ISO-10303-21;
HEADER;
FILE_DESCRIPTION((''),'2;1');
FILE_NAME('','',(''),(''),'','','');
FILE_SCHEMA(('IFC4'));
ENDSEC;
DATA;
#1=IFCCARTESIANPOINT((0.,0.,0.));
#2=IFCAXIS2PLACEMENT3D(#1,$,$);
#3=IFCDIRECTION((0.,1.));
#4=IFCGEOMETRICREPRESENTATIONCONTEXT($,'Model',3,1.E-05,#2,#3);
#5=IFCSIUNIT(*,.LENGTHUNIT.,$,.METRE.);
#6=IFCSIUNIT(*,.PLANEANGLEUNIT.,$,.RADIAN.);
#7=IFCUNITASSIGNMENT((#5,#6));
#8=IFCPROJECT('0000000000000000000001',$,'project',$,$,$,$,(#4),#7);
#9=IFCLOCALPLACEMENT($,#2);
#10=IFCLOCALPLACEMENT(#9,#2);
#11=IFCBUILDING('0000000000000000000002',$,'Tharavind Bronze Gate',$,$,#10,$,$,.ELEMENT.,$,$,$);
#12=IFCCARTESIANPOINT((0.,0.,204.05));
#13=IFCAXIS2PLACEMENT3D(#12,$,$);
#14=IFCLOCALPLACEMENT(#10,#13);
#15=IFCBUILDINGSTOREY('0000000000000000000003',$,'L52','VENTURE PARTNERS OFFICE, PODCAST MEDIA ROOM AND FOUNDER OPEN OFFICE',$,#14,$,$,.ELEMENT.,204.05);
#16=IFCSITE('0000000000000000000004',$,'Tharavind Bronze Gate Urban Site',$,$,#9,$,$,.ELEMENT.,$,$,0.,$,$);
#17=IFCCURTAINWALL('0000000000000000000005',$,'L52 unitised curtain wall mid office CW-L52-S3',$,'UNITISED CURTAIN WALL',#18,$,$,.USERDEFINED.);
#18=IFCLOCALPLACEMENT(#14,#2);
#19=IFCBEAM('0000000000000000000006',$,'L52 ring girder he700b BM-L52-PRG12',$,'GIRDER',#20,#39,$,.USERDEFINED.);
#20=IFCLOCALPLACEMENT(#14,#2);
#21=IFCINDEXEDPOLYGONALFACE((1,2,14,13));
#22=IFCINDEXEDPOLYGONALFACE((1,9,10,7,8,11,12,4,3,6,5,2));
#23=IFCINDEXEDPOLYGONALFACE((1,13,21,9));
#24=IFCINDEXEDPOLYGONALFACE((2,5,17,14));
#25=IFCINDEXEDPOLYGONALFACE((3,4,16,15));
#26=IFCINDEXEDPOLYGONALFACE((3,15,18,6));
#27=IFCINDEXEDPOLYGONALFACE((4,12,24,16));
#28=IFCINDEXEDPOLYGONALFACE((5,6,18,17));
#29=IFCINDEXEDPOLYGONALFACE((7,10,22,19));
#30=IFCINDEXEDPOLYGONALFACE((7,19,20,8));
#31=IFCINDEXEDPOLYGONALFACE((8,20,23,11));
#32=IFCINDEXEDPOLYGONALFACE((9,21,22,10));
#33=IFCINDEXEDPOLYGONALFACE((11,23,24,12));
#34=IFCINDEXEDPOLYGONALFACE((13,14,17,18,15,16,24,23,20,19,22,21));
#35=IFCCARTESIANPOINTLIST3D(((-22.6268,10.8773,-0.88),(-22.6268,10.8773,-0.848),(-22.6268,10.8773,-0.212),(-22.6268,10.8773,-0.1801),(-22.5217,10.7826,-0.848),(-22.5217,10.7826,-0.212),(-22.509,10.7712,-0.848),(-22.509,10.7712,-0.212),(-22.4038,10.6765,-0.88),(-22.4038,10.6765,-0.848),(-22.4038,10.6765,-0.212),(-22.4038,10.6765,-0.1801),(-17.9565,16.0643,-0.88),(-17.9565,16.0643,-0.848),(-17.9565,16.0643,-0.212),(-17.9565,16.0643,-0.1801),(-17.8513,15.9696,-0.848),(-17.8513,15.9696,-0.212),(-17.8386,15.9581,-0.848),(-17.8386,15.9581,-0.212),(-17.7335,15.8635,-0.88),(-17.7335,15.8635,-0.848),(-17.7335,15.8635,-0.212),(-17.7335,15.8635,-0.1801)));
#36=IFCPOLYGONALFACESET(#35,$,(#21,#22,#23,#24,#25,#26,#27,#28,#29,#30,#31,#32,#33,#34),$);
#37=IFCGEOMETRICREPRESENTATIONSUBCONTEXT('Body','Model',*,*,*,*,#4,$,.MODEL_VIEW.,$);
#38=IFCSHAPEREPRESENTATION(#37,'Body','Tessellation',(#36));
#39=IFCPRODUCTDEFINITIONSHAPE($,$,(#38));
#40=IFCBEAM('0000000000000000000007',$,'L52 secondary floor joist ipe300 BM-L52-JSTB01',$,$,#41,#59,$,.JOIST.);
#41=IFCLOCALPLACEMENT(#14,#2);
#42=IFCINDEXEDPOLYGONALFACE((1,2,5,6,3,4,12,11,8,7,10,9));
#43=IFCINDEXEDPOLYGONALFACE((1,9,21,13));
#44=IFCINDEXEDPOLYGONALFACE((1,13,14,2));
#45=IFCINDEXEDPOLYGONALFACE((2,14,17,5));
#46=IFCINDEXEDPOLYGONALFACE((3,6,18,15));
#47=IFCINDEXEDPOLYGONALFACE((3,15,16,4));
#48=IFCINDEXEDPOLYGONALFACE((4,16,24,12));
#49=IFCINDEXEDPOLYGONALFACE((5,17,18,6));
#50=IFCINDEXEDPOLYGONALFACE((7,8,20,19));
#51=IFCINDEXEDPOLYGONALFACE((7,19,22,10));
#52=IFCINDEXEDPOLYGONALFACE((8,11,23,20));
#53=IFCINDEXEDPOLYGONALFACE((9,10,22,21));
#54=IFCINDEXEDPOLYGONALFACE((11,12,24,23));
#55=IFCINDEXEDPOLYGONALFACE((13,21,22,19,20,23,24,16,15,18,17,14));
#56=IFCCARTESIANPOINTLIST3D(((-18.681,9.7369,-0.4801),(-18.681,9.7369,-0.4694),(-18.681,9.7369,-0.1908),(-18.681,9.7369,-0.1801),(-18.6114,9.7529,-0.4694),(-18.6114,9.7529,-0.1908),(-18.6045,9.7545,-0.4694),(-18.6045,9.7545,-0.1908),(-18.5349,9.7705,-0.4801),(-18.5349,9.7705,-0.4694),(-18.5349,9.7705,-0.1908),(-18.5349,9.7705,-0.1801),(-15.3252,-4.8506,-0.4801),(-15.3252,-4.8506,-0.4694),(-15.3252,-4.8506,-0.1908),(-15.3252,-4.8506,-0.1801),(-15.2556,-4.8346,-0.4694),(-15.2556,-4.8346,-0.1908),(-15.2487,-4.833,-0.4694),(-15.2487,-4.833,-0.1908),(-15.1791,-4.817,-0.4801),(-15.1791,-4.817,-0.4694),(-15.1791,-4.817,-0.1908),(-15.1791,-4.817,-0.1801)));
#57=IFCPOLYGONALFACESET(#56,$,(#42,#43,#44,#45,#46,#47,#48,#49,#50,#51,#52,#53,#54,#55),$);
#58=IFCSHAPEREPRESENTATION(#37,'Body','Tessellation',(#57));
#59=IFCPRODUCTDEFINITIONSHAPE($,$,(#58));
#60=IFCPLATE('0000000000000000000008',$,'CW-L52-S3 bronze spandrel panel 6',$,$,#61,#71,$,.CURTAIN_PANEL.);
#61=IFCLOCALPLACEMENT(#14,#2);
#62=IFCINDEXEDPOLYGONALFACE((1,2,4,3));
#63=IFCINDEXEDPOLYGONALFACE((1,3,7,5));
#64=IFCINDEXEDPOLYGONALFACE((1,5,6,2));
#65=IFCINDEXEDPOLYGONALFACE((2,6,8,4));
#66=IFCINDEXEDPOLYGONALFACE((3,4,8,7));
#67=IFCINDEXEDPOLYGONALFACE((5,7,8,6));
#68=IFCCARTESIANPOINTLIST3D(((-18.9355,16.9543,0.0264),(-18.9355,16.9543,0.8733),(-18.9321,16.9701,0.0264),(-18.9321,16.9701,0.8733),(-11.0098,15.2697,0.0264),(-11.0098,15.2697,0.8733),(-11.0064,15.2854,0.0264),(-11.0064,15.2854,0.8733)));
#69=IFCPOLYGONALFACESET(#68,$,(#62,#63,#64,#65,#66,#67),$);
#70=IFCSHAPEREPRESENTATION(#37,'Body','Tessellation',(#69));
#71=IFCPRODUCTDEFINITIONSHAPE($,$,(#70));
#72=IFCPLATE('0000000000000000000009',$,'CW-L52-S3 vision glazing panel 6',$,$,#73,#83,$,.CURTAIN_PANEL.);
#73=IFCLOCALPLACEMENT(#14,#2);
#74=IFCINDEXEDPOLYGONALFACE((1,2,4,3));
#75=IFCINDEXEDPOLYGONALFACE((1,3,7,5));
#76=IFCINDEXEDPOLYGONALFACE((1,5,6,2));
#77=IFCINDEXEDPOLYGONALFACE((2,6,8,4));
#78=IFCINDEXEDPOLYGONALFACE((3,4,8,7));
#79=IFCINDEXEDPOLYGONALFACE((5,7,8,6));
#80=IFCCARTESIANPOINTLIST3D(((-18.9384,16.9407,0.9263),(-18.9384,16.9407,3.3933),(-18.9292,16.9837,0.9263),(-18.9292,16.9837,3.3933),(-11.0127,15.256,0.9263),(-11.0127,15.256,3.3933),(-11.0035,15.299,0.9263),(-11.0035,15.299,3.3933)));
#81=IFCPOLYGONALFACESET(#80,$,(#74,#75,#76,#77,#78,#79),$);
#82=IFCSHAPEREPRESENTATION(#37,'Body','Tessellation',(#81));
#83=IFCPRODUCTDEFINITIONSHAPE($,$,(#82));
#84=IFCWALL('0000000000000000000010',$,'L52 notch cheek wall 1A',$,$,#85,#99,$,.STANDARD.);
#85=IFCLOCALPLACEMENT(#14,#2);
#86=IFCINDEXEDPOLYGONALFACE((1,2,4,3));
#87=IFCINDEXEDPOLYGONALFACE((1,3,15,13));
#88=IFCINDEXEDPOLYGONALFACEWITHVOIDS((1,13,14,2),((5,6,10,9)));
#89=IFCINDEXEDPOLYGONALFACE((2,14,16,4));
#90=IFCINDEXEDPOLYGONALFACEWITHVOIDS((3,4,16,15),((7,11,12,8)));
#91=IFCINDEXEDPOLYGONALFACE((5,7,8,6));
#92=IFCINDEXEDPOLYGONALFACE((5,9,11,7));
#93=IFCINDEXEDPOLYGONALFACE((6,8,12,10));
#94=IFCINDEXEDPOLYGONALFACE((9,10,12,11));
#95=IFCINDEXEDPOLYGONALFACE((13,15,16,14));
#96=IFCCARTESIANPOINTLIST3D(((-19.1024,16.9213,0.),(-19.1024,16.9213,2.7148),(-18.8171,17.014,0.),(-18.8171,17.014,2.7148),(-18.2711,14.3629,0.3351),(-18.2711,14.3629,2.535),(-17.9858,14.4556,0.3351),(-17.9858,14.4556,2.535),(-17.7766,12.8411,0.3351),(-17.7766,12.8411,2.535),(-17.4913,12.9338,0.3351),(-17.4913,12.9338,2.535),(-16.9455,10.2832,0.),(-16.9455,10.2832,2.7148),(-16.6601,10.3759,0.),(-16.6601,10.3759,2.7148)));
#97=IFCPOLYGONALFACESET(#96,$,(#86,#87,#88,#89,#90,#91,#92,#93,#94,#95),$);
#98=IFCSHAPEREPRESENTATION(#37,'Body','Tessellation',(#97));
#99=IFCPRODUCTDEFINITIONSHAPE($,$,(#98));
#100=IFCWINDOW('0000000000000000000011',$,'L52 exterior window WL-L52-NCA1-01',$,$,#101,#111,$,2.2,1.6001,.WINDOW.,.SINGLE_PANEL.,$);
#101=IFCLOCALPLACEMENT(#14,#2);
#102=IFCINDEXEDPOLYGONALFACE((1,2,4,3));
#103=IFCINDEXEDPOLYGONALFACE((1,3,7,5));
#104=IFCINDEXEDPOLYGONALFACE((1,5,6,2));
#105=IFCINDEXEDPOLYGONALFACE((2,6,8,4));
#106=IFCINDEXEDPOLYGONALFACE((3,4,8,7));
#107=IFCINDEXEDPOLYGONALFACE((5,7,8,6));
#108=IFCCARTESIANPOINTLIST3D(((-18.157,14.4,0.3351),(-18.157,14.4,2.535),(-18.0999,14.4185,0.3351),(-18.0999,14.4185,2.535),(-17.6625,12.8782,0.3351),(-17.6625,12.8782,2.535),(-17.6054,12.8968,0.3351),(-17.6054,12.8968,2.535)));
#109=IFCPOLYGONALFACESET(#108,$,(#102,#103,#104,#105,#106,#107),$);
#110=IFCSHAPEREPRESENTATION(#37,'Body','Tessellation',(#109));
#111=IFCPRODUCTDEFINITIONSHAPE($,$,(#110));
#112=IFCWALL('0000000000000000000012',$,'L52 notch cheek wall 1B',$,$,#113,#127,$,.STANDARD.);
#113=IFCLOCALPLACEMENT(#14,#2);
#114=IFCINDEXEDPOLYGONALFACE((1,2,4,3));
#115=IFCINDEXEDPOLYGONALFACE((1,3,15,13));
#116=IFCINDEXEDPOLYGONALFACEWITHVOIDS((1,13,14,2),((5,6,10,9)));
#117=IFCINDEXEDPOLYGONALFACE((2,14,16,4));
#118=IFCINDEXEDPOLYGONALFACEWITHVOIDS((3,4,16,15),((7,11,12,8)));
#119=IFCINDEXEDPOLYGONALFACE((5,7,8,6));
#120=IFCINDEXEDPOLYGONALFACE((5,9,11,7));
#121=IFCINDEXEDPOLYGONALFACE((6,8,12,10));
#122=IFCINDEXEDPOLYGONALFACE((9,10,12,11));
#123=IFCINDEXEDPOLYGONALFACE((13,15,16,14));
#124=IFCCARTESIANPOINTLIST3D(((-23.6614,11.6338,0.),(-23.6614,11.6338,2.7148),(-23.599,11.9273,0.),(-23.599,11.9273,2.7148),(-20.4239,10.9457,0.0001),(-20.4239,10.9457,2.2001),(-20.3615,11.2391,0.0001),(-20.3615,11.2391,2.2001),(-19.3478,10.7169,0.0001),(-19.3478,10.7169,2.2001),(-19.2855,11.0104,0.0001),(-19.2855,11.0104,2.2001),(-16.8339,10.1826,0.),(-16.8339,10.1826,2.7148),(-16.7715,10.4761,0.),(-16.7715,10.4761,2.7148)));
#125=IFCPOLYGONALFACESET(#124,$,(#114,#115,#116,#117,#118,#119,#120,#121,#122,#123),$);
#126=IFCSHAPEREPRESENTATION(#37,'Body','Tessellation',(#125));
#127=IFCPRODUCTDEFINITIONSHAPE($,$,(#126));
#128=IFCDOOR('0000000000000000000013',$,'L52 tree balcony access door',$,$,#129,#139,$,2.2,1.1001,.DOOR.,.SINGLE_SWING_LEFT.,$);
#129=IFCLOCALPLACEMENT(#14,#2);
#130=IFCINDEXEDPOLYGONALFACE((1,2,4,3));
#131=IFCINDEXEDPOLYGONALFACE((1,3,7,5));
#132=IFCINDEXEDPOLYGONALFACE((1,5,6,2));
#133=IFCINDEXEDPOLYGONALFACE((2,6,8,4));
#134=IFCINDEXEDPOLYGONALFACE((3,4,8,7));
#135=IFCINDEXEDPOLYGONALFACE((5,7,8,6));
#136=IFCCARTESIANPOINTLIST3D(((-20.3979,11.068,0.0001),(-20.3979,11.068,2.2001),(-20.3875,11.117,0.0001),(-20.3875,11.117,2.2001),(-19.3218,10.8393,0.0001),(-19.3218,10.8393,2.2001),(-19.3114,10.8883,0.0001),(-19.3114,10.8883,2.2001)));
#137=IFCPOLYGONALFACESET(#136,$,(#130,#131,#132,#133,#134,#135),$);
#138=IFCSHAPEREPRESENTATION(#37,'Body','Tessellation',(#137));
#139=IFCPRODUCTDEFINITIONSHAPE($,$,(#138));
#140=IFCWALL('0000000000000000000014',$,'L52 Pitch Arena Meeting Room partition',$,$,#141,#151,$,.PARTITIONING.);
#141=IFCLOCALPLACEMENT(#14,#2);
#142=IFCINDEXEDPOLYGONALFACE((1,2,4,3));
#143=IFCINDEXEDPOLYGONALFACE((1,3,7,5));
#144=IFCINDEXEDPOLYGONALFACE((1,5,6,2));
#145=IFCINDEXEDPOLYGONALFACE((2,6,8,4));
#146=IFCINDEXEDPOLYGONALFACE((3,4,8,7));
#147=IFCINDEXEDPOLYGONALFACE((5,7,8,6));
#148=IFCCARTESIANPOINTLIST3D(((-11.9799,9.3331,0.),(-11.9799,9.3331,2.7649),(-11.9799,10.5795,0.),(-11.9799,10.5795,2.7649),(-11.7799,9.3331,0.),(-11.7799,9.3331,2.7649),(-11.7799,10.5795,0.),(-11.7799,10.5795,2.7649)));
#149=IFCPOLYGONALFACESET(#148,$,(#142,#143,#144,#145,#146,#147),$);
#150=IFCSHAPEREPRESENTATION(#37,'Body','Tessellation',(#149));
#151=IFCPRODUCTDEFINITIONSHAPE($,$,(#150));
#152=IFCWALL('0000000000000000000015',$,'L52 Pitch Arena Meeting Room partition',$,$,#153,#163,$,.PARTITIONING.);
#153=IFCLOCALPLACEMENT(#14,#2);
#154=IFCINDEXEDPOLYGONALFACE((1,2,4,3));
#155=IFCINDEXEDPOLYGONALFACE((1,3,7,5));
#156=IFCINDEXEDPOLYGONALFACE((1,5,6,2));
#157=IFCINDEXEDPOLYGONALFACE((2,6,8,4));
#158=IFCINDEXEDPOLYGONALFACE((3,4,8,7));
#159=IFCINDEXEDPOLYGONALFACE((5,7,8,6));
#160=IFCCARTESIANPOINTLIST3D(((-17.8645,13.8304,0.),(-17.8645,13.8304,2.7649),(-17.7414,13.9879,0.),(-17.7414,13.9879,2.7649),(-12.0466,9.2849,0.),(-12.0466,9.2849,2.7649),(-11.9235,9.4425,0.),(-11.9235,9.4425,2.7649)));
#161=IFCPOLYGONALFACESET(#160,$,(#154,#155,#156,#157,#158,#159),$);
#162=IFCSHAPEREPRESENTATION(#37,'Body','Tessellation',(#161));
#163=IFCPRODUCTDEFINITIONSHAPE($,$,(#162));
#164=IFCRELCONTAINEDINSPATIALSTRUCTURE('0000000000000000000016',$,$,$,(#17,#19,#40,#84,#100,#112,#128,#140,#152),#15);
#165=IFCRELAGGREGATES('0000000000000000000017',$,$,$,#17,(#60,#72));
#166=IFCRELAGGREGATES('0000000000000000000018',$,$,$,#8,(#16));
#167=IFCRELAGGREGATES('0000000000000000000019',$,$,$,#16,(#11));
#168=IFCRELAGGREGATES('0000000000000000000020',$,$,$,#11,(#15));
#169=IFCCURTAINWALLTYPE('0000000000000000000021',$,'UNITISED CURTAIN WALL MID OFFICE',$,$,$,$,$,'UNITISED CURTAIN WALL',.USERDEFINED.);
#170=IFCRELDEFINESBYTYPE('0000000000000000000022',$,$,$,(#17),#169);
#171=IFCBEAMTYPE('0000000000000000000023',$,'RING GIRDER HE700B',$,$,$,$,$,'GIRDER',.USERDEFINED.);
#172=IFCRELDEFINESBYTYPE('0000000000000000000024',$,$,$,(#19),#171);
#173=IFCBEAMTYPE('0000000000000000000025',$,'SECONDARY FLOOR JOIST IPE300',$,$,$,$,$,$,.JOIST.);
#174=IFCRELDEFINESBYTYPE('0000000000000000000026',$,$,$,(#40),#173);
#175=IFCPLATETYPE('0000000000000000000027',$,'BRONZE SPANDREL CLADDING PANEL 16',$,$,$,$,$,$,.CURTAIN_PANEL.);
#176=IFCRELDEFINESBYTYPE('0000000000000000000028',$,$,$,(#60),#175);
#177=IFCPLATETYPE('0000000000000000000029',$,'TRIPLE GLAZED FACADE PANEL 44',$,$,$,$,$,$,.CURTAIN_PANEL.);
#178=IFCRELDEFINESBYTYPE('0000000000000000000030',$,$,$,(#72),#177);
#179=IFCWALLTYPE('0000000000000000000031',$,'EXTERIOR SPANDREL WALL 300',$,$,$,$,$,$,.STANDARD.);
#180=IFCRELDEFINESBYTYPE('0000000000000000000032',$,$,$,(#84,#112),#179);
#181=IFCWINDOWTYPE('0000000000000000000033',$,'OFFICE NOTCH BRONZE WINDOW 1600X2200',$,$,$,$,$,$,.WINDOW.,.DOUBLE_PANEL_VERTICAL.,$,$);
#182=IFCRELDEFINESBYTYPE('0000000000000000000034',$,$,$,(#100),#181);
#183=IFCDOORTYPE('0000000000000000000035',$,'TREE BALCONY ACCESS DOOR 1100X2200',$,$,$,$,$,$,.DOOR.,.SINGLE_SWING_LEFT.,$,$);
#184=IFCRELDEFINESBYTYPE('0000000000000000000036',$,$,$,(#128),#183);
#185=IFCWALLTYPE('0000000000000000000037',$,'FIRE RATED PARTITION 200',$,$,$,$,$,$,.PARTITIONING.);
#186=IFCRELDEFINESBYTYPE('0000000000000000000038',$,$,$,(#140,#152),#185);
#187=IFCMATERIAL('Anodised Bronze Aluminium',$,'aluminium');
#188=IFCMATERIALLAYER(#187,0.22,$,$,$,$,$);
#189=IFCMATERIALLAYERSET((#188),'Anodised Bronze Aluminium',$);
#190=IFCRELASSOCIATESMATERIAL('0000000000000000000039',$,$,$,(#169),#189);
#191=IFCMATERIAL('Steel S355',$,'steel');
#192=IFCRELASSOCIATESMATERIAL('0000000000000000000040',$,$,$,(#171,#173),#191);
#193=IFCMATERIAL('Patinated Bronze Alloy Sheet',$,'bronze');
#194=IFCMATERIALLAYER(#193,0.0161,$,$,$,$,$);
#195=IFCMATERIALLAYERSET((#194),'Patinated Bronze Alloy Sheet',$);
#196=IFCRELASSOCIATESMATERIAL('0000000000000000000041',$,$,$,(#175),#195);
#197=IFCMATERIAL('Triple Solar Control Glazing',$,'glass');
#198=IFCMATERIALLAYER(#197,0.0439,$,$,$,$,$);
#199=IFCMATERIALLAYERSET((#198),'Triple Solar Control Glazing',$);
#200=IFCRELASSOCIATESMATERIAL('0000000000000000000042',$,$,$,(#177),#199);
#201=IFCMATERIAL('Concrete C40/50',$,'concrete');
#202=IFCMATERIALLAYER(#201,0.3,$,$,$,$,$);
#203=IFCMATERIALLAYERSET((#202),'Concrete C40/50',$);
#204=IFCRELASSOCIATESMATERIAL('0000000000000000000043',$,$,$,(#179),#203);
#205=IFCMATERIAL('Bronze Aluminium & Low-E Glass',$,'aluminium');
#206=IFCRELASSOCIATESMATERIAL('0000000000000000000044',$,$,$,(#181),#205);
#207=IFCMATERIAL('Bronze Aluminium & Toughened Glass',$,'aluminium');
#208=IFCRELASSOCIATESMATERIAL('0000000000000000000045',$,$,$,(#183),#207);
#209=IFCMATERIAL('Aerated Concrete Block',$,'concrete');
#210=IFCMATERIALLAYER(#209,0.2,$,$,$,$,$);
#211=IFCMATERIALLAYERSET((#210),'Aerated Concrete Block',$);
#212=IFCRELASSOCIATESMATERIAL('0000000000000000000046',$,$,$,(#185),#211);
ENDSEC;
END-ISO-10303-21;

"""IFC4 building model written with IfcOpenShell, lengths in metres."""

from ifc_helpers import new_model, si_unit, direction, frame, frame_2d, origin, origin_2d, place, context, subcontext, project, spatial, rectangle, i_section, extrude, material, layer, layer_set, material_profile, profile_set, type_object, element, fill, aggregate, save


model = new_model("IFC4")

# Units and contexts
model_context = context("Model", 3, precision=1e-05, world=origin(), true_north=direction((0.0, 1.0)))
body_context = subcontext(model_context, "Body", "Model", "MODEL_VIEW")
ifc_project = project(units=[si_unit("LENGTHUNIT", "METRE"), si_unit("PLANEANGLEUNIT", "RADIAN")], contexts=[model_context])

# Site, building, storey
site_placement = place(None, origin())
site = spatial("IfcSite", under=ifc_project, at=site_placement, Name="Tharavind Bronze Gate Urban Site", CompositionType="ELEMENT", RefElevation=0.0)
building_placement = place(site_placement, origin())
building = spatial("IfcBuilding", under=site, at=building_placement, Name="Tharavind Bronze Gate", CompositionType="ELEMENT")
storey_placement = place(building_placement, frame((0.0, 0.0, 204.05)))
storey = spatial("IfcBuildingStorey", under=building, at=storey_placement, Name="L52", Description="VENTURE PARTNERS OFFICE, PODCAST MEDIA ROOM AND FOUNDER OPEN OFFICE", CompositionType="ELEMENT", Elevation=204.05)

# Shared definitions
ifc_material_1 = material(Name="Anodised Bronze Aluminium", Category="aluminium")
ifc_layer_1 = layer(ifc_material_1, 0.22)
ifc_layer_set_1 = layer_set([ifc_layer_1], Name="Anodised Bronze Aluminium")
curtain_wall_type = type_object("IfcCurtainWallType", Name="UNITISED CURTAIN WALL MID OFFICE", ElementType="UNITISED CURTAIN WALL", PredefinedType="USERDEFINED", material=ifc_layer_set_1)

# Curtain wall
curtain_wall_1_placement = place(storey_placement, origin())
curtain_wall_1 = element("IfcCurtainWall", 1, at=curtain_wall_1_placement, inside=storey, type_object=curtain_wall_type, Name="L52 unitised curtain wall mid office CW-L52-S3", ObjectType="UNITISED CURTAIN WALL", PredefinedType="USERDEFINED")

# Beams
ifc_material_2 = material(Name="Steel S355", Category="steel")
ifc_material_profile_1 = material_profile(ifc_material_2, i_section(OverallWidth=0.3, OverallDepth=0.7, WebThickness=0.0171, FlangeThickness=0.032, at=origin_2d()), Name="HE700B")
ifc_profile_set_1 = profile_set([ifc_material_profile_1], Name="Steel S355")
beam_type_1 = type_object("IfcBeamType", Name="RING GIRDER HE700B", ElementType="GIRDER", PredefinedType="USERDEFINED", material=ifc_profile_set_1)
beam_1_placement = place(storey_placement, frame((-17.845, 15.9639, -0.53), z_axis=(-0.669131, -0.743145, 0.0), x_axis=(0.743145, -0.669131, 0.0)))
element("IfcBeam", 2, at=beam_1_placement, inside=storey, type_object=beam_type_1, Name="L52 ring girder he700b BM-L52-PRG12", ObjectType="GIRDER", PredefinedType="USERDEFINED", context=body_context, shape_type="SweptSolid", body=[
    extrude(i_section(OverallWidth=0.3, OverallDepth=0.7, WebThickness=0.0171, FlangeThickness=0.032, at=origin_2d()), origin(), (0.0, 0.0, 1.0), 6.9797),
])
ifc_material_profile_2 = material_profile(ifc_material_2, i_section(OverallWidth=0.1499, OverallDepth=0.3, WebThickness=0.0071, FlangeThickness=0.0107, at=origin_2d()), Name="IPE300")
ifc_profile_set_2 = profile_set([ifc_material_profile_2], Name="Steel S355")
beam_type_2 = type_object("IfcBeamType", Name="SECONDARY FLOOR JOIST IPE300", PredefinedType="JOIST", material=ifc_profile_set_2)
beam_2_placement = place(storey_placement, frame((-18.6079, 9.7537, -0.3301), z_axis=(0.224186, -0.974546, 0.0), x_axis=(0.974546, 0.224186, 0.0)))
element("IfcBeam", 3, at=beam_2_placement, inside=storey, type_object=beam_type_2, Name="L52 secondary floor joist ipe300 BM-L52-JSTB01", PredefinedType="JOIST", context=body_context, shape_type="SweptSolid", body=[
    extrude(i_section(OverallWidth=0.1499, OverallDepth=0.3, WebThickness=0.0071, FlangeThickness=0.0107, at=origin_2d()), origin(), (0.0, 0.0, 1.0), 14.9685),
])

# Plates
ifc_material_3 = material(Name="Patinated Bronze Alloy Sheet", Category="bronze")
ifc_layer_2 = layer(ifc_material_3, 0.0161)
ifc_layer_set_2 = layer_set([ifc_layer_2], Name="Patinated Bronze Alloy Sheet")
plate_type_1 = type_object("IfcPlateType", Name="BRONZE SPANDREL CLADDING PANEL 16", PredefinedType="CURTAIN_PANEL", material=ifc_layer_set_2)
plate_1_placement = place(storey_placement, frame((-14.9709, 16.1199, 0.0264), z_axis=(0.0, 0.0, 1.0), x_axis=(-0.978148, 0.207912, 0.0)))
plate_1 = element("IfcPlate", 4, at=plate_1_placement, type_object=plate_type_1, Name="CW-L52-S3 bronze spandrel panel 6", PredefinedType="CURTAIN_PANEL", context=body_context, shape_type="SweptSolid", body=[
    extrude(rectangle(XDim=8.1028, YDim=0.0161, at=origin_2d()), origin(), (0.0, 0.0, 1.0), 0.8469),
])
ifc_material_4 = material(Name="Triple Solar Control Glazing", Category="glass")
ifc_layer_3 = layer(ifc_material_4, 0.0439)
ifc_layer_set_3 = layer_set([ifc_layer_3], Name="Triple Solar Control Glazing")
plate_type_2 = type_object("IfcPlateType", Name="TRIPLE GLAZED FACADE PANEL 44", PredefinedType="CURTAIN_PANEL", material=ifc_layer_set_3)
plate_2_placement = place(storey_placement, frame((-14.9709, 16.1199, 0.9263), z_axis=(0.0, 0.0, 1.0), x_axis=(-0.978148, 0.207912, 0.0)))
plate_2 = element("IfcPlate", 5, at=plate_2_placement, type_object=plate_type_2, Name="CW-L52-S3 vision glazing panel 6", PredefinedType="CURTAIN_PANEL", context=body_context, shape_type="SweptSolid", body=[
    extrude(rectangle(XDim=8.1028, YDim=0.0439, at=origin_2d()), origin(), (0.0, 0.0, 1.0), 2.467),
])
aggregate(curtain_wall_1, [plate_1, plate_2])

# Wall, opening, window
ifc_material_5 = material(Name="Concrete C40/50", Category="concrete")
ifc_layer_4 = layer(ifc_material_5, 0.3)
ifc_layer_set_4 = layer_set([ifc_layer_4], Name="Concrete C40/50")
wall_type_1 = type_object("IfcWallType", Name="EXTERIOR SPANDREL WALL 300", PredefinedType="STANDARD", material=ifc_layer_set_4)
wall_1_placement = place(storey_placement, frame((-18.9597, 16.9675, 0.0), z_axis=(0.0, 0.0, 1.0), x_axis=(0.309031, -0.951052, 0.0)))
wall_1 = element("IfcWall", 6, at=wall_1_placement, inside=storey, type_object=wall_type_1, Name="L52 notch cheek wall 1A", PredefinedType="STANDARD", context=body_context, shape_type="SweptSolid", body=[
    extrude(rectangle(XDim=6.9797, YDim=0.3, at=frame_2d((3.4897, 0.0))), origin(), (0.0, 0.0, 1.0), 2.7148),
])
opening_1_placement = place(wall_1_placement, frame((2.6899, 0.0, 0.335)))
opening_1 = element("IfcOpeningElement", 7, at=opening_1_placement, cuts=wall_1, PredefinedType="OPENING", context=body_context, shape_type="SweptSolid", body=[
    extrude(rectangle(XDim=1.6001, YDim=2.2, at=frame_2d((0.8, 1.1001))), frame((0.0, 0.1599, 0.0), z_axis=(0.0, -1.0, 0.0), x_axis=(1.0, 0.0, 0.0)), (0.0, 0.0, 1.0), 0.32),
])
ifc_material_6 = material(Name="Bronze Aluminium & Low-E Glass", Category="aluminium")
window_type = type_object("IfcWindowType", Name="OFFICE NOTCH BRONZE WINDOW 1600X2200", PartitioningType="DOUBLE_PANEL_VERTICAL", PredefinedType="WINDOW", material=ifc_material_6)
window_placement = place(opening_1_placement, origin())
window = element("IfcWindow", 8, at=window_placement, inside=storey, type_object=window_type, Name="L52 exterior window WL-L52-NCA1-01", OverallHeight=2.2, OverallWidth=1.6001, PartitioningType="SINGLE_PANEL", PredefinedType="WINDOW", context=body_context, shape_type="SweptSolid", body=[
    extrude(rectangle(XDim=1.6001, YDim=2.2, at=frame_2d((0.8, 1.1001))), frame((0.0, 0.03, 0.0), z_axis=(0.0, -1.0, 0.0), x_axis=(1.0, 0.0, 0.0)), (0.0, 0.0, 1.0), 0.0601),
])
fill(opening_1, window)

# Wall, opening, door
wall_2_placement = place(storey_placement, frame((-16.8027, 10.3293, 0.0), z_axis=(0.0, 0.0, 1.0), x_axis=(-0.978149, 0.207907, 0.0)))
wall_2 = element("IfcWall", 9, at=wall_2_placement, inside=storey, type_object=wall_type_1, Name="L52 notch cheek wall 1B", PredefinedType="STANDARD", context=body_context, shape_type="SweptSolid", body=[
    extrude(rectangle(XDim=6.98, YDim=0.3, at=frame_2d((3.49, 0.0))), origin(), (0.0, 0.0, 1.0), 2.7148),
])
opening_2_placement = place(wall_2_placement, frame((2.5701, 0.0, 0.0)))
opening_2 = element("IfcOpeningElement", 10, at=opening_2_placement, cuts=wall_2, PredefinedType="OPENING", context=body_context, shape_type="SweptSolid", body=[
    extrude(rectangle(XDim=1.1001, YDim=2.2, at=frame_2d((0.55, 1.1001))), frame((0.0, 0.1599, 0.0), z_axis=(0.0, -1.0, 0.0), x_axis=(1.0, 0.0, 0.0)), (0.0, 0.0, 1.0), 0.32),
])
ifc_material_7 = material(Name="Bronze Aluminium & Toughened Glass", Category="aluminium")
door_type = type_object("IfcDoorType", Name="TREE BALCONY ACCESS DOOR 1100X2200", OperationType="SINGLE_SWING_LEFT", PredefinedType="DOOR", material=ifc_material_7)
door_placement = place(opening_2_placement, origin())
door = element("IfcDoor", 11, at=door_placement, inside=storey, type_object=door_type, Name="L52 tree balcony access door", OperationType="SINGLE_SWING_LEFT", OverallHeight=2.2, OverallWidth=1.1001, PredefinedType="DOOR", context=body_context, shape_type="SweptSolid", body=[
    extrude(rectangle(XDim=1.1001, YDim=2.2, at=frame_2d((0.55, 1.1001))), frame((0.0, 0.0249, 0.0), z_axis=(0.0, -1.0, 0.0), x_axis=(1.0, 0.0, 0.0)), (0.0, 0.0, 1.0), 0.05),
])
fill(opening_2, door)

# Walls
ifc_material_8 = material(Name="Aerated Concrete Block", Category="concrete")
ifc_layer_5 = layer(ifc_material_8, 0.2)
ifc_layer_set_5 = layer_set([ifc_layer_5], Name="Aerated Concrete Block")
wall_type_2 = type_object("IfcWallType", Name="FIRE RATED PARTITION 200", PredefinedType="PARTITIONING", material=ifc_layer_set_5)
wall_3_placement = place(storey_placement, frame((-11.8799, 10.5793, 0.0), z_axis=(0.0, 0.0, 1.0), x_axis=(0.0, -1.0, 0.0)))
element("IfcWall", 12, at=wall_3_placement, inside=storey, type_object=wall_type_2, Name="L52 Pitch Arena Meeting Room partition", PredefinedType="PARTITIONING", context=body_context, shape_type="SweptSolid", body=[
    extrude(rectangle(XDim=1.2463, YDim=0.2, at=frame_2d((0.623, 0.0))), origin(), (0.0, 0.0, 1.0), 2.7649),
])
wall_4_placement = place(storey_placement, frame((-11.9851, 9.3638, 0.0), z_axis=(0.0, 0.0, 1.0), x_axis=(-0.788011, 0.615661, 0.0)))
element("IfcWall", 13, at=wall_4_placement, inside=storey, type_object=wall_type_2, Name="L52 Pitch Arena Meeting Room partition", PredefinedType="PARTITIONING", context=body_context, shape_type="SweptSolid", body=[
    extrude(rectangle(XDim=7.3831, YDim=0.2, at=frame_2d((3.6914, 0.0))), origin(), (0.0, 0.0, 1.0), 2.7649),
])

save(model, "model.ifc")
